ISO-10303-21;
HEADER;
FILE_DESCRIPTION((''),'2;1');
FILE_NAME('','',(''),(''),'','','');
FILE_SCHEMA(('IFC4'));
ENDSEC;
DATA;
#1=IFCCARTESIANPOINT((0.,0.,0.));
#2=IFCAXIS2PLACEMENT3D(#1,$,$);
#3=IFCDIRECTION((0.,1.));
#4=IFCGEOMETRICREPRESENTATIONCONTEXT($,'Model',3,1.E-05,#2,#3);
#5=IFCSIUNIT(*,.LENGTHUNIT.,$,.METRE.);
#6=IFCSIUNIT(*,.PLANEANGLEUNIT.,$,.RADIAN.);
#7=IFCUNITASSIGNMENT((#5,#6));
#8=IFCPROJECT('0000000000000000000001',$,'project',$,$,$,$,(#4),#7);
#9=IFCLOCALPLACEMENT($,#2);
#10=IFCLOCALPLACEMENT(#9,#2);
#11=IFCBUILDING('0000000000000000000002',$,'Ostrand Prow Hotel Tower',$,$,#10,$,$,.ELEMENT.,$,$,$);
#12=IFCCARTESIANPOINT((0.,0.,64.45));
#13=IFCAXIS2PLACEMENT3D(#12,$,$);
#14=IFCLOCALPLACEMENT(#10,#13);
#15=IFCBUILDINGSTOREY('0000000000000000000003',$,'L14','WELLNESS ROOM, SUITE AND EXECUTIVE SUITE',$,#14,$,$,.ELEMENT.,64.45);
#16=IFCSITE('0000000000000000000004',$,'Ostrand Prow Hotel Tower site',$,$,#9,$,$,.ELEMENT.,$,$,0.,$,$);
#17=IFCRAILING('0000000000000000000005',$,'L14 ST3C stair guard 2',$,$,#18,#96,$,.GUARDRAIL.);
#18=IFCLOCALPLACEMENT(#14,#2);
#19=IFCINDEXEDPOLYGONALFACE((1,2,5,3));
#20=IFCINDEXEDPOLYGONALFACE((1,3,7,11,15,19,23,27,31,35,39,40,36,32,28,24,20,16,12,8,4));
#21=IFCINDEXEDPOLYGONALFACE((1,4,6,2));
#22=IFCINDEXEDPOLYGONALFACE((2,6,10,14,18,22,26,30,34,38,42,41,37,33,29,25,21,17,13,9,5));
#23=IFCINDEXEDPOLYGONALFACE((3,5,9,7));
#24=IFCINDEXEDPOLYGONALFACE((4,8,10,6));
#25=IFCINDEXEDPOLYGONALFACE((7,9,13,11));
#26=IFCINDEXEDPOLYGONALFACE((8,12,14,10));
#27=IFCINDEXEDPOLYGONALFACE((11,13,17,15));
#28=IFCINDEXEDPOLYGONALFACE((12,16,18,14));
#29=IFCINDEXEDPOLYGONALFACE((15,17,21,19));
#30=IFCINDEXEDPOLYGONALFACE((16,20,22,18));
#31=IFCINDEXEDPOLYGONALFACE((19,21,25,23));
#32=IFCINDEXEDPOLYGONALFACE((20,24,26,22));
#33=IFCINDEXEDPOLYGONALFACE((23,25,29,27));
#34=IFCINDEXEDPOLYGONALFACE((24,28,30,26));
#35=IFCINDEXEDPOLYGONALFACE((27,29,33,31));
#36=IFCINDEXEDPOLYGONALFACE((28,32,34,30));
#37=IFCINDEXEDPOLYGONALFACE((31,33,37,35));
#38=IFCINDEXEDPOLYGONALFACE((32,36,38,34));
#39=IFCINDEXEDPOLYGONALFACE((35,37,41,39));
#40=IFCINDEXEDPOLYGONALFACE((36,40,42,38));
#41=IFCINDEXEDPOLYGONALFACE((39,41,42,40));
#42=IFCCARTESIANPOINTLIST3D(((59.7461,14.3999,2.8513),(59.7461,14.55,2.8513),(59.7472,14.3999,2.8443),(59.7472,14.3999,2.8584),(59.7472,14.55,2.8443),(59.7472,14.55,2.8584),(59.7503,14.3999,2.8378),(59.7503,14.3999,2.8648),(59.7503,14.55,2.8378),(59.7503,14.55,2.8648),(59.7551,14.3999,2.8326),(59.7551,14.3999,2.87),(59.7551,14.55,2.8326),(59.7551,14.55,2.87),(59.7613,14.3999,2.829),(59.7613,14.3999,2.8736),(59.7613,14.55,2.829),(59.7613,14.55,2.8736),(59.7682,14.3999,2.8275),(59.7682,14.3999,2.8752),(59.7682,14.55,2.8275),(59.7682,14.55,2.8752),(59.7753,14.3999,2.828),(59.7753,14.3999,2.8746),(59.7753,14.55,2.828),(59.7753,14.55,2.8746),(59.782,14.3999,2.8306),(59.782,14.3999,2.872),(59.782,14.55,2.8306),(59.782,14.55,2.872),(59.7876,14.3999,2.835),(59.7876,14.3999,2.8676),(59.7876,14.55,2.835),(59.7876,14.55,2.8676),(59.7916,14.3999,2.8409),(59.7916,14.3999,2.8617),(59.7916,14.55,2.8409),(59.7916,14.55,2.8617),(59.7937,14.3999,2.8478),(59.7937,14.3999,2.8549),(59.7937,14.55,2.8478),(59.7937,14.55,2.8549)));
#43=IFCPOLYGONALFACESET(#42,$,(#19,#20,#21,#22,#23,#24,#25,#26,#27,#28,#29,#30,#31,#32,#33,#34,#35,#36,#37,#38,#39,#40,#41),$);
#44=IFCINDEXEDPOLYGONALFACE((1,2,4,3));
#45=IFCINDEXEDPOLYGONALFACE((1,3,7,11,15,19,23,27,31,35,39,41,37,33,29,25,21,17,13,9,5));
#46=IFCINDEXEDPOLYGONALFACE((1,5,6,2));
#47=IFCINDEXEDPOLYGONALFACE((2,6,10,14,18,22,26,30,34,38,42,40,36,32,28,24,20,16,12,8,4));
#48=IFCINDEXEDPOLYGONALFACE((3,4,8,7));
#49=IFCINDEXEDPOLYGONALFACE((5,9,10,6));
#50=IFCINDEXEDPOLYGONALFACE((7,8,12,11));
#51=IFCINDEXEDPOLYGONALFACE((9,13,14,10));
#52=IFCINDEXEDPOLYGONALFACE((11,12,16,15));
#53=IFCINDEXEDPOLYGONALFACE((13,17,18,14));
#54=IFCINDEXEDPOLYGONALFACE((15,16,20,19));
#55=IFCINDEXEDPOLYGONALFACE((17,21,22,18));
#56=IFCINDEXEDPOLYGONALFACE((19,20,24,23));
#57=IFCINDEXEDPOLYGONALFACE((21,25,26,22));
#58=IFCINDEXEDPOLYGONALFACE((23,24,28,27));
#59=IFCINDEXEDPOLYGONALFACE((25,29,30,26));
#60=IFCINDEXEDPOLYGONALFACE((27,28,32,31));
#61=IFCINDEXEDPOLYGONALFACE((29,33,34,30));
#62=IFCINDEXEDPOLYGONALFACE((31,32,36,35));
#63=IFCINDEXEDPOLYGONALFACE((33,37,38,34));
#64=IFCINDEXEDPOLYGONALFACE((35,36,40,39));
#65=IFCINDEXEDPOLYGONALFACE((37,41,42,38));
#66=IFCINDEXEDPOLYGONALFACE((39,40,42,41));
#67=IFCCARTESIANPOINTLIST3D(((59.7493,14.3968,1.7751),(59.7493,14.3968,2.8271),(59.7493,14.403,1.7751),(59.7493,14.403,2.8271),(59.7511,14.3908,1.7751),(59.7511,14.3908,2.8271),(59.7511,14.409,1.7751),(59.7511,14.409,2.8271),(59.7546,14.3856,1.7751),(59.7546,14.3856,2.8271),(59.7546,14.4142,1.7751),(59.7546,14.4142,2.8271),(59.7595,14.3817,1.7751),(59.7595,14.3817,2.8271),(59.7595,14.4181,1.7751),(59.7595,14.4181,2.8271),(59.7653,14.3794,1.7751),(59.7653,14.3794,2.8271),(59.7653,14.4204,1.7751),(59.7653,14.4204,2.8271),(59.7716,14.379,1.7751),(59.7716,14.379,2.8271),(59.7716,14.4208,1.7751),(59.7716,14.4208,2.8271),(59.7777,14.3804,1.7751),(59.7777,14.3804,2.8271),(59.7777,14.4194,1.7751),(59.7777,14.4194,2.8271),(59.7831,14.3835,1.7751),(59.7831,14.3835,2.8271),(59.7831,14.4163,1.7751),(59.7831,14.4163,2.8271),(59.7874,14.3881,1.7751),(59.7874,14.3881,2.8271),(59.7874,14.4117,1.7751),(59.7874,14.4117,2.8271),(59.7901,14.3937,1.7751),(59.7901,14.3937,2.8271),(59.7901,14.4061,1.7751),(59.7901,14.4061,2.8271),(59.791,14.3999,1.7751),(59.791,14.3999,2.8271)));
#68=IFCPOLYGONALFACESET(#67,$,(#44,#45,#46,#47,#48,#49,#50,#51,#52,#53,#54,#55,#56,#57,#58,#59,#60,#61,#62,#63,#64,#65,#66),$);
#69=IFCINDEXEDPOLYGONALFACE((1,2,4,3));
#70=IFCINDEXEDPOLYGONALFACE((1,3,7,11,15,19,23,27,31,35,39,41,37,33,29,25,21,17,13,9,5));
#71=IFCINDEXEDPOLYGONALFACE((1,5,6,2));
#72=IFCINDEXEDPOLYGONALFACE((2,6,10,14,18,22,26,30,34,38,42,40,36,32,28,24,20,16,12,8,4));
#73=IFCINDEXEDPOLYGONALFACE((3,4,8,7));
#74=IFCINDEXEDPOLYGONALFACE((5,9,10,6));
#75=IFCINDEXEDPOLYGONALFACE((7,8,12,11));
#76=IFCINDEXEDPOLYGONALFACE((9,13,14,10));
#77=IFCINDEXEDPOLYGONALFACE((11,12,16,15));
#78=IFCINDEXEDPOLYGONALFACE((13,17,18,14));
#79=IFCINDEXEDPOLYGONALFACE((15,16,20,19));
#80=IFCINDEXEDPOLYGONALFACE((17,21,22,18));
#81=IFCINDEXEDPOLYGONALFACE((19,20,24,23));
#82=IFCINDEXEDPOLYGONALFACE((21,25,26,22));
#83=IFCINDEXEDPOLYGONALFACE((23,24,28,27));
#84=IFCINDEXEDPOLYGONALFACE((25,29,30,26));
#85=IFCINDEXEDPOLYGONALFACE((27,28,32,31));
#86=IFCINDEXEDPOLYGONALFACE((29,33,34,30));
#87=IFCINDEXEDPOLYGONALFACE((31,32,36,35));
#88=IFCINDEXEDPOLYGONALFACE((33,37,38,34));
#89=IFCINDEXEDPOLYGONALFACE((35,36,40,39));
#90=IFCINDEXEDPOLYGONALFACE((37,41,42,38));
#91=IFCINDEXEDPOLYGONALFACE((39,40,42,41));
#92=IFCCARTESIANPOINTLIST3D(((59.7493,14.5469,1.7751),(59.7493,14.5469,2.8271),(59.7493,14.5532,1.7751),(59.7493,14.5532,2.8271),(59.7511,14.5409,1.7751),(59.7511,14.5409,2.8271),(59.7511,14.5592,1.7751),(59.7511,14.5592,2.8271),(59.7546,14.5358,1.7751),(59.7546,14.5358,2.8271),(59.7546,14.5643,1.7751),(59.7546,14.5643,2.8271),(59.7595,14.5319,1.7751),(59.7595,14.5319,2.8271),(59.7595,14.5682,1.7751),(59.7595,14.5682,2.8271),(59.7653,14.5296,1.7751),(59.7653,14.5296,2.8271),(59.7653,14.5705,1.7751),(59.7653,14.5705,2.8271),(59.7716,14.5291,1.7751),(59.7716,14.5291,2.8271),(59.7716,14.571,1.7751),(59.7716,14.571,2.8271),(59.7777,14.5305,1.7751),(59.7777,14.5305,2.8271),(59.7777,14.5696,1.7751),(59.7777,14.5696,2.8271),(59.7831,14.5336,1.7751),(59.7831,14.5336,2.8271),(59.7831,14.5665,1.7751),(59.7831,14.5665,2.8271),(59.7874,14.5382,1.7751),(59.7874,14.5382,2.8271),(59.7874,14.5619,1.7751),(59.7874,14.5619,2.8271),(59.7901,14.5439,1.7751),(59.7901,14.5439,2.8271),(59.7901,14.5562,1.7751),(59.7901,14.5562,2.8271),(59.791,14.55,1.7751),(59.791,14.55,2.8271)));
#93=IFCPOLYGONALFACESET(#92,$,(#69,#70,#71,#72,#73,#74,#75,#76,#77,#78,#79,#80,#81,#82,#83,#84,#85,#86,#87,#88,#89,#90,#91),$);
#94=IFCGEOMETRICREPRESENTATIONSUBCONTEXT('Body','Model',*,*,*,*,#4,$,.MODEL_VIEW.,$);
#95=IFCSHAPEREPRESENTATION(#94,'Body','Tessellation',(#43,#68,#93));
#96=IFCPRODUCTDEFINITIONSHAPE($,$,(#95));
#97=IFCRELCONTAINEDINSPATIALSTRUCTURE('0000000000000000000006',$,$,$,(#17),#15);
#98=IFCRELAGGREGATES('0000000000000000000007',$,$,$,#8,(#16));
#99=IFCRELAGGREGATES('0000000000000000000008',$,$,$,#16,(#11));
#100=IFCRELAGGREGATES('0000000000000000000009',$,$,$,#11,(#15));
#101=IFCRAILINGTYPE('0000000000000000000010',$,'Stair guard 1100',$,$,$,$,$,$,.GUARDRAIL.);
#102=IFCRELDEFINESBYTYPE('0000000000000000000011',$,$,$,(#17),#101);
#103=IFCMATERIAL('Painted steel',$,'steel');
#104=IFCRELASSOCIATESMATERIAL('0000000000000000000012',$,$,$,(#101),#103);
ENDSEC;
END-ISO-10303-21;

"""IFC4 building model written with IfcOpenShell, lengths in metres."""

from ifc_helpers import new_model, si_unit, direction, frame, origin, origin_2d, place, context, subcontext, project, spatial, circle, extrude, material, type_object, element, save


model = new_model("IFC4")

# Units and contexts
model_context = context("Model", 3, precision=1e-05, world=origin(), true_north=direction((0.0, 1.0)))
body_context = subcontext(model_context, "Body", "Model", "MODEL_VIEW")
ifc_project = project(units=[si_unit("LENGTHUNIT", "METRE"), si_unit("PLANEANGLEUNIT", "RADIAN")], contexts=[model_context])

# Site, building, storey
site_placement = place(None, origin())
site = spatial("IfcSite", under=ifc_project, at=site_placement, Name="Ostrand Prow Hotel Tower site", CompositionType="ELEMENT", RefElevation=0.0)
building_placement = place(site_placement, origin())
building = spatial("IfcBuilding", under=site, at=building_placement, Name="Ostrand Prow Hotel Tower", CompositionType="ELEMENT")
storey_placement = place(building_placement, frame((0.0, 0.0, 64.45)))
storey = spatial("IfcBuildingStorey", under=building, at=storey_placement, Name="L14", Description="WELLNESS ROOM, SUITE AND EXECUTIVE SUITE", CompositionType="ELEMENT", Elevation=64.45)

# Railing
ifc_material_1 = material(Name="Painted steel", Category="steel")
railing_type_1 = type_object("IfcRailingType", Name="Stair guard 1100", PredefinedType="GUARDRAIL", material=ifc_material_1)
railing_1_placement = place(storey_placement, frame((59.77, 14.3999, 1.7751)))
element("IfcRailing", 1, at=railing_1_placement, inside=storey, type_object=railing_type_1, Name="L14 ST3C stair guard 2", PredefinedType="GUARDRAIL", context=body_context, shape_type="SweptSolid", body=[
    extrude(circle(Radius=0.0239, at=origin_2d()), frame((0.0, 0.0, 1.0762), z_axis=(0.0, 1.0, 0.0), x_axis=(-1.0, 0.0, 0.0)), (0.0, 0.0, 1.0), 0.1501),
    extrude(circle(Radius=0.021, at=origin_2d()), origin(), (0.0, 0.0, 1.0), 1.052),
    extrude(circle(Radius=0.021, at=origin_2d()), frame((0.0, 0.1501, 0.0)), (0.0, 0.0, 1.0), 1.052),
])

save(model, "model.ifc")
